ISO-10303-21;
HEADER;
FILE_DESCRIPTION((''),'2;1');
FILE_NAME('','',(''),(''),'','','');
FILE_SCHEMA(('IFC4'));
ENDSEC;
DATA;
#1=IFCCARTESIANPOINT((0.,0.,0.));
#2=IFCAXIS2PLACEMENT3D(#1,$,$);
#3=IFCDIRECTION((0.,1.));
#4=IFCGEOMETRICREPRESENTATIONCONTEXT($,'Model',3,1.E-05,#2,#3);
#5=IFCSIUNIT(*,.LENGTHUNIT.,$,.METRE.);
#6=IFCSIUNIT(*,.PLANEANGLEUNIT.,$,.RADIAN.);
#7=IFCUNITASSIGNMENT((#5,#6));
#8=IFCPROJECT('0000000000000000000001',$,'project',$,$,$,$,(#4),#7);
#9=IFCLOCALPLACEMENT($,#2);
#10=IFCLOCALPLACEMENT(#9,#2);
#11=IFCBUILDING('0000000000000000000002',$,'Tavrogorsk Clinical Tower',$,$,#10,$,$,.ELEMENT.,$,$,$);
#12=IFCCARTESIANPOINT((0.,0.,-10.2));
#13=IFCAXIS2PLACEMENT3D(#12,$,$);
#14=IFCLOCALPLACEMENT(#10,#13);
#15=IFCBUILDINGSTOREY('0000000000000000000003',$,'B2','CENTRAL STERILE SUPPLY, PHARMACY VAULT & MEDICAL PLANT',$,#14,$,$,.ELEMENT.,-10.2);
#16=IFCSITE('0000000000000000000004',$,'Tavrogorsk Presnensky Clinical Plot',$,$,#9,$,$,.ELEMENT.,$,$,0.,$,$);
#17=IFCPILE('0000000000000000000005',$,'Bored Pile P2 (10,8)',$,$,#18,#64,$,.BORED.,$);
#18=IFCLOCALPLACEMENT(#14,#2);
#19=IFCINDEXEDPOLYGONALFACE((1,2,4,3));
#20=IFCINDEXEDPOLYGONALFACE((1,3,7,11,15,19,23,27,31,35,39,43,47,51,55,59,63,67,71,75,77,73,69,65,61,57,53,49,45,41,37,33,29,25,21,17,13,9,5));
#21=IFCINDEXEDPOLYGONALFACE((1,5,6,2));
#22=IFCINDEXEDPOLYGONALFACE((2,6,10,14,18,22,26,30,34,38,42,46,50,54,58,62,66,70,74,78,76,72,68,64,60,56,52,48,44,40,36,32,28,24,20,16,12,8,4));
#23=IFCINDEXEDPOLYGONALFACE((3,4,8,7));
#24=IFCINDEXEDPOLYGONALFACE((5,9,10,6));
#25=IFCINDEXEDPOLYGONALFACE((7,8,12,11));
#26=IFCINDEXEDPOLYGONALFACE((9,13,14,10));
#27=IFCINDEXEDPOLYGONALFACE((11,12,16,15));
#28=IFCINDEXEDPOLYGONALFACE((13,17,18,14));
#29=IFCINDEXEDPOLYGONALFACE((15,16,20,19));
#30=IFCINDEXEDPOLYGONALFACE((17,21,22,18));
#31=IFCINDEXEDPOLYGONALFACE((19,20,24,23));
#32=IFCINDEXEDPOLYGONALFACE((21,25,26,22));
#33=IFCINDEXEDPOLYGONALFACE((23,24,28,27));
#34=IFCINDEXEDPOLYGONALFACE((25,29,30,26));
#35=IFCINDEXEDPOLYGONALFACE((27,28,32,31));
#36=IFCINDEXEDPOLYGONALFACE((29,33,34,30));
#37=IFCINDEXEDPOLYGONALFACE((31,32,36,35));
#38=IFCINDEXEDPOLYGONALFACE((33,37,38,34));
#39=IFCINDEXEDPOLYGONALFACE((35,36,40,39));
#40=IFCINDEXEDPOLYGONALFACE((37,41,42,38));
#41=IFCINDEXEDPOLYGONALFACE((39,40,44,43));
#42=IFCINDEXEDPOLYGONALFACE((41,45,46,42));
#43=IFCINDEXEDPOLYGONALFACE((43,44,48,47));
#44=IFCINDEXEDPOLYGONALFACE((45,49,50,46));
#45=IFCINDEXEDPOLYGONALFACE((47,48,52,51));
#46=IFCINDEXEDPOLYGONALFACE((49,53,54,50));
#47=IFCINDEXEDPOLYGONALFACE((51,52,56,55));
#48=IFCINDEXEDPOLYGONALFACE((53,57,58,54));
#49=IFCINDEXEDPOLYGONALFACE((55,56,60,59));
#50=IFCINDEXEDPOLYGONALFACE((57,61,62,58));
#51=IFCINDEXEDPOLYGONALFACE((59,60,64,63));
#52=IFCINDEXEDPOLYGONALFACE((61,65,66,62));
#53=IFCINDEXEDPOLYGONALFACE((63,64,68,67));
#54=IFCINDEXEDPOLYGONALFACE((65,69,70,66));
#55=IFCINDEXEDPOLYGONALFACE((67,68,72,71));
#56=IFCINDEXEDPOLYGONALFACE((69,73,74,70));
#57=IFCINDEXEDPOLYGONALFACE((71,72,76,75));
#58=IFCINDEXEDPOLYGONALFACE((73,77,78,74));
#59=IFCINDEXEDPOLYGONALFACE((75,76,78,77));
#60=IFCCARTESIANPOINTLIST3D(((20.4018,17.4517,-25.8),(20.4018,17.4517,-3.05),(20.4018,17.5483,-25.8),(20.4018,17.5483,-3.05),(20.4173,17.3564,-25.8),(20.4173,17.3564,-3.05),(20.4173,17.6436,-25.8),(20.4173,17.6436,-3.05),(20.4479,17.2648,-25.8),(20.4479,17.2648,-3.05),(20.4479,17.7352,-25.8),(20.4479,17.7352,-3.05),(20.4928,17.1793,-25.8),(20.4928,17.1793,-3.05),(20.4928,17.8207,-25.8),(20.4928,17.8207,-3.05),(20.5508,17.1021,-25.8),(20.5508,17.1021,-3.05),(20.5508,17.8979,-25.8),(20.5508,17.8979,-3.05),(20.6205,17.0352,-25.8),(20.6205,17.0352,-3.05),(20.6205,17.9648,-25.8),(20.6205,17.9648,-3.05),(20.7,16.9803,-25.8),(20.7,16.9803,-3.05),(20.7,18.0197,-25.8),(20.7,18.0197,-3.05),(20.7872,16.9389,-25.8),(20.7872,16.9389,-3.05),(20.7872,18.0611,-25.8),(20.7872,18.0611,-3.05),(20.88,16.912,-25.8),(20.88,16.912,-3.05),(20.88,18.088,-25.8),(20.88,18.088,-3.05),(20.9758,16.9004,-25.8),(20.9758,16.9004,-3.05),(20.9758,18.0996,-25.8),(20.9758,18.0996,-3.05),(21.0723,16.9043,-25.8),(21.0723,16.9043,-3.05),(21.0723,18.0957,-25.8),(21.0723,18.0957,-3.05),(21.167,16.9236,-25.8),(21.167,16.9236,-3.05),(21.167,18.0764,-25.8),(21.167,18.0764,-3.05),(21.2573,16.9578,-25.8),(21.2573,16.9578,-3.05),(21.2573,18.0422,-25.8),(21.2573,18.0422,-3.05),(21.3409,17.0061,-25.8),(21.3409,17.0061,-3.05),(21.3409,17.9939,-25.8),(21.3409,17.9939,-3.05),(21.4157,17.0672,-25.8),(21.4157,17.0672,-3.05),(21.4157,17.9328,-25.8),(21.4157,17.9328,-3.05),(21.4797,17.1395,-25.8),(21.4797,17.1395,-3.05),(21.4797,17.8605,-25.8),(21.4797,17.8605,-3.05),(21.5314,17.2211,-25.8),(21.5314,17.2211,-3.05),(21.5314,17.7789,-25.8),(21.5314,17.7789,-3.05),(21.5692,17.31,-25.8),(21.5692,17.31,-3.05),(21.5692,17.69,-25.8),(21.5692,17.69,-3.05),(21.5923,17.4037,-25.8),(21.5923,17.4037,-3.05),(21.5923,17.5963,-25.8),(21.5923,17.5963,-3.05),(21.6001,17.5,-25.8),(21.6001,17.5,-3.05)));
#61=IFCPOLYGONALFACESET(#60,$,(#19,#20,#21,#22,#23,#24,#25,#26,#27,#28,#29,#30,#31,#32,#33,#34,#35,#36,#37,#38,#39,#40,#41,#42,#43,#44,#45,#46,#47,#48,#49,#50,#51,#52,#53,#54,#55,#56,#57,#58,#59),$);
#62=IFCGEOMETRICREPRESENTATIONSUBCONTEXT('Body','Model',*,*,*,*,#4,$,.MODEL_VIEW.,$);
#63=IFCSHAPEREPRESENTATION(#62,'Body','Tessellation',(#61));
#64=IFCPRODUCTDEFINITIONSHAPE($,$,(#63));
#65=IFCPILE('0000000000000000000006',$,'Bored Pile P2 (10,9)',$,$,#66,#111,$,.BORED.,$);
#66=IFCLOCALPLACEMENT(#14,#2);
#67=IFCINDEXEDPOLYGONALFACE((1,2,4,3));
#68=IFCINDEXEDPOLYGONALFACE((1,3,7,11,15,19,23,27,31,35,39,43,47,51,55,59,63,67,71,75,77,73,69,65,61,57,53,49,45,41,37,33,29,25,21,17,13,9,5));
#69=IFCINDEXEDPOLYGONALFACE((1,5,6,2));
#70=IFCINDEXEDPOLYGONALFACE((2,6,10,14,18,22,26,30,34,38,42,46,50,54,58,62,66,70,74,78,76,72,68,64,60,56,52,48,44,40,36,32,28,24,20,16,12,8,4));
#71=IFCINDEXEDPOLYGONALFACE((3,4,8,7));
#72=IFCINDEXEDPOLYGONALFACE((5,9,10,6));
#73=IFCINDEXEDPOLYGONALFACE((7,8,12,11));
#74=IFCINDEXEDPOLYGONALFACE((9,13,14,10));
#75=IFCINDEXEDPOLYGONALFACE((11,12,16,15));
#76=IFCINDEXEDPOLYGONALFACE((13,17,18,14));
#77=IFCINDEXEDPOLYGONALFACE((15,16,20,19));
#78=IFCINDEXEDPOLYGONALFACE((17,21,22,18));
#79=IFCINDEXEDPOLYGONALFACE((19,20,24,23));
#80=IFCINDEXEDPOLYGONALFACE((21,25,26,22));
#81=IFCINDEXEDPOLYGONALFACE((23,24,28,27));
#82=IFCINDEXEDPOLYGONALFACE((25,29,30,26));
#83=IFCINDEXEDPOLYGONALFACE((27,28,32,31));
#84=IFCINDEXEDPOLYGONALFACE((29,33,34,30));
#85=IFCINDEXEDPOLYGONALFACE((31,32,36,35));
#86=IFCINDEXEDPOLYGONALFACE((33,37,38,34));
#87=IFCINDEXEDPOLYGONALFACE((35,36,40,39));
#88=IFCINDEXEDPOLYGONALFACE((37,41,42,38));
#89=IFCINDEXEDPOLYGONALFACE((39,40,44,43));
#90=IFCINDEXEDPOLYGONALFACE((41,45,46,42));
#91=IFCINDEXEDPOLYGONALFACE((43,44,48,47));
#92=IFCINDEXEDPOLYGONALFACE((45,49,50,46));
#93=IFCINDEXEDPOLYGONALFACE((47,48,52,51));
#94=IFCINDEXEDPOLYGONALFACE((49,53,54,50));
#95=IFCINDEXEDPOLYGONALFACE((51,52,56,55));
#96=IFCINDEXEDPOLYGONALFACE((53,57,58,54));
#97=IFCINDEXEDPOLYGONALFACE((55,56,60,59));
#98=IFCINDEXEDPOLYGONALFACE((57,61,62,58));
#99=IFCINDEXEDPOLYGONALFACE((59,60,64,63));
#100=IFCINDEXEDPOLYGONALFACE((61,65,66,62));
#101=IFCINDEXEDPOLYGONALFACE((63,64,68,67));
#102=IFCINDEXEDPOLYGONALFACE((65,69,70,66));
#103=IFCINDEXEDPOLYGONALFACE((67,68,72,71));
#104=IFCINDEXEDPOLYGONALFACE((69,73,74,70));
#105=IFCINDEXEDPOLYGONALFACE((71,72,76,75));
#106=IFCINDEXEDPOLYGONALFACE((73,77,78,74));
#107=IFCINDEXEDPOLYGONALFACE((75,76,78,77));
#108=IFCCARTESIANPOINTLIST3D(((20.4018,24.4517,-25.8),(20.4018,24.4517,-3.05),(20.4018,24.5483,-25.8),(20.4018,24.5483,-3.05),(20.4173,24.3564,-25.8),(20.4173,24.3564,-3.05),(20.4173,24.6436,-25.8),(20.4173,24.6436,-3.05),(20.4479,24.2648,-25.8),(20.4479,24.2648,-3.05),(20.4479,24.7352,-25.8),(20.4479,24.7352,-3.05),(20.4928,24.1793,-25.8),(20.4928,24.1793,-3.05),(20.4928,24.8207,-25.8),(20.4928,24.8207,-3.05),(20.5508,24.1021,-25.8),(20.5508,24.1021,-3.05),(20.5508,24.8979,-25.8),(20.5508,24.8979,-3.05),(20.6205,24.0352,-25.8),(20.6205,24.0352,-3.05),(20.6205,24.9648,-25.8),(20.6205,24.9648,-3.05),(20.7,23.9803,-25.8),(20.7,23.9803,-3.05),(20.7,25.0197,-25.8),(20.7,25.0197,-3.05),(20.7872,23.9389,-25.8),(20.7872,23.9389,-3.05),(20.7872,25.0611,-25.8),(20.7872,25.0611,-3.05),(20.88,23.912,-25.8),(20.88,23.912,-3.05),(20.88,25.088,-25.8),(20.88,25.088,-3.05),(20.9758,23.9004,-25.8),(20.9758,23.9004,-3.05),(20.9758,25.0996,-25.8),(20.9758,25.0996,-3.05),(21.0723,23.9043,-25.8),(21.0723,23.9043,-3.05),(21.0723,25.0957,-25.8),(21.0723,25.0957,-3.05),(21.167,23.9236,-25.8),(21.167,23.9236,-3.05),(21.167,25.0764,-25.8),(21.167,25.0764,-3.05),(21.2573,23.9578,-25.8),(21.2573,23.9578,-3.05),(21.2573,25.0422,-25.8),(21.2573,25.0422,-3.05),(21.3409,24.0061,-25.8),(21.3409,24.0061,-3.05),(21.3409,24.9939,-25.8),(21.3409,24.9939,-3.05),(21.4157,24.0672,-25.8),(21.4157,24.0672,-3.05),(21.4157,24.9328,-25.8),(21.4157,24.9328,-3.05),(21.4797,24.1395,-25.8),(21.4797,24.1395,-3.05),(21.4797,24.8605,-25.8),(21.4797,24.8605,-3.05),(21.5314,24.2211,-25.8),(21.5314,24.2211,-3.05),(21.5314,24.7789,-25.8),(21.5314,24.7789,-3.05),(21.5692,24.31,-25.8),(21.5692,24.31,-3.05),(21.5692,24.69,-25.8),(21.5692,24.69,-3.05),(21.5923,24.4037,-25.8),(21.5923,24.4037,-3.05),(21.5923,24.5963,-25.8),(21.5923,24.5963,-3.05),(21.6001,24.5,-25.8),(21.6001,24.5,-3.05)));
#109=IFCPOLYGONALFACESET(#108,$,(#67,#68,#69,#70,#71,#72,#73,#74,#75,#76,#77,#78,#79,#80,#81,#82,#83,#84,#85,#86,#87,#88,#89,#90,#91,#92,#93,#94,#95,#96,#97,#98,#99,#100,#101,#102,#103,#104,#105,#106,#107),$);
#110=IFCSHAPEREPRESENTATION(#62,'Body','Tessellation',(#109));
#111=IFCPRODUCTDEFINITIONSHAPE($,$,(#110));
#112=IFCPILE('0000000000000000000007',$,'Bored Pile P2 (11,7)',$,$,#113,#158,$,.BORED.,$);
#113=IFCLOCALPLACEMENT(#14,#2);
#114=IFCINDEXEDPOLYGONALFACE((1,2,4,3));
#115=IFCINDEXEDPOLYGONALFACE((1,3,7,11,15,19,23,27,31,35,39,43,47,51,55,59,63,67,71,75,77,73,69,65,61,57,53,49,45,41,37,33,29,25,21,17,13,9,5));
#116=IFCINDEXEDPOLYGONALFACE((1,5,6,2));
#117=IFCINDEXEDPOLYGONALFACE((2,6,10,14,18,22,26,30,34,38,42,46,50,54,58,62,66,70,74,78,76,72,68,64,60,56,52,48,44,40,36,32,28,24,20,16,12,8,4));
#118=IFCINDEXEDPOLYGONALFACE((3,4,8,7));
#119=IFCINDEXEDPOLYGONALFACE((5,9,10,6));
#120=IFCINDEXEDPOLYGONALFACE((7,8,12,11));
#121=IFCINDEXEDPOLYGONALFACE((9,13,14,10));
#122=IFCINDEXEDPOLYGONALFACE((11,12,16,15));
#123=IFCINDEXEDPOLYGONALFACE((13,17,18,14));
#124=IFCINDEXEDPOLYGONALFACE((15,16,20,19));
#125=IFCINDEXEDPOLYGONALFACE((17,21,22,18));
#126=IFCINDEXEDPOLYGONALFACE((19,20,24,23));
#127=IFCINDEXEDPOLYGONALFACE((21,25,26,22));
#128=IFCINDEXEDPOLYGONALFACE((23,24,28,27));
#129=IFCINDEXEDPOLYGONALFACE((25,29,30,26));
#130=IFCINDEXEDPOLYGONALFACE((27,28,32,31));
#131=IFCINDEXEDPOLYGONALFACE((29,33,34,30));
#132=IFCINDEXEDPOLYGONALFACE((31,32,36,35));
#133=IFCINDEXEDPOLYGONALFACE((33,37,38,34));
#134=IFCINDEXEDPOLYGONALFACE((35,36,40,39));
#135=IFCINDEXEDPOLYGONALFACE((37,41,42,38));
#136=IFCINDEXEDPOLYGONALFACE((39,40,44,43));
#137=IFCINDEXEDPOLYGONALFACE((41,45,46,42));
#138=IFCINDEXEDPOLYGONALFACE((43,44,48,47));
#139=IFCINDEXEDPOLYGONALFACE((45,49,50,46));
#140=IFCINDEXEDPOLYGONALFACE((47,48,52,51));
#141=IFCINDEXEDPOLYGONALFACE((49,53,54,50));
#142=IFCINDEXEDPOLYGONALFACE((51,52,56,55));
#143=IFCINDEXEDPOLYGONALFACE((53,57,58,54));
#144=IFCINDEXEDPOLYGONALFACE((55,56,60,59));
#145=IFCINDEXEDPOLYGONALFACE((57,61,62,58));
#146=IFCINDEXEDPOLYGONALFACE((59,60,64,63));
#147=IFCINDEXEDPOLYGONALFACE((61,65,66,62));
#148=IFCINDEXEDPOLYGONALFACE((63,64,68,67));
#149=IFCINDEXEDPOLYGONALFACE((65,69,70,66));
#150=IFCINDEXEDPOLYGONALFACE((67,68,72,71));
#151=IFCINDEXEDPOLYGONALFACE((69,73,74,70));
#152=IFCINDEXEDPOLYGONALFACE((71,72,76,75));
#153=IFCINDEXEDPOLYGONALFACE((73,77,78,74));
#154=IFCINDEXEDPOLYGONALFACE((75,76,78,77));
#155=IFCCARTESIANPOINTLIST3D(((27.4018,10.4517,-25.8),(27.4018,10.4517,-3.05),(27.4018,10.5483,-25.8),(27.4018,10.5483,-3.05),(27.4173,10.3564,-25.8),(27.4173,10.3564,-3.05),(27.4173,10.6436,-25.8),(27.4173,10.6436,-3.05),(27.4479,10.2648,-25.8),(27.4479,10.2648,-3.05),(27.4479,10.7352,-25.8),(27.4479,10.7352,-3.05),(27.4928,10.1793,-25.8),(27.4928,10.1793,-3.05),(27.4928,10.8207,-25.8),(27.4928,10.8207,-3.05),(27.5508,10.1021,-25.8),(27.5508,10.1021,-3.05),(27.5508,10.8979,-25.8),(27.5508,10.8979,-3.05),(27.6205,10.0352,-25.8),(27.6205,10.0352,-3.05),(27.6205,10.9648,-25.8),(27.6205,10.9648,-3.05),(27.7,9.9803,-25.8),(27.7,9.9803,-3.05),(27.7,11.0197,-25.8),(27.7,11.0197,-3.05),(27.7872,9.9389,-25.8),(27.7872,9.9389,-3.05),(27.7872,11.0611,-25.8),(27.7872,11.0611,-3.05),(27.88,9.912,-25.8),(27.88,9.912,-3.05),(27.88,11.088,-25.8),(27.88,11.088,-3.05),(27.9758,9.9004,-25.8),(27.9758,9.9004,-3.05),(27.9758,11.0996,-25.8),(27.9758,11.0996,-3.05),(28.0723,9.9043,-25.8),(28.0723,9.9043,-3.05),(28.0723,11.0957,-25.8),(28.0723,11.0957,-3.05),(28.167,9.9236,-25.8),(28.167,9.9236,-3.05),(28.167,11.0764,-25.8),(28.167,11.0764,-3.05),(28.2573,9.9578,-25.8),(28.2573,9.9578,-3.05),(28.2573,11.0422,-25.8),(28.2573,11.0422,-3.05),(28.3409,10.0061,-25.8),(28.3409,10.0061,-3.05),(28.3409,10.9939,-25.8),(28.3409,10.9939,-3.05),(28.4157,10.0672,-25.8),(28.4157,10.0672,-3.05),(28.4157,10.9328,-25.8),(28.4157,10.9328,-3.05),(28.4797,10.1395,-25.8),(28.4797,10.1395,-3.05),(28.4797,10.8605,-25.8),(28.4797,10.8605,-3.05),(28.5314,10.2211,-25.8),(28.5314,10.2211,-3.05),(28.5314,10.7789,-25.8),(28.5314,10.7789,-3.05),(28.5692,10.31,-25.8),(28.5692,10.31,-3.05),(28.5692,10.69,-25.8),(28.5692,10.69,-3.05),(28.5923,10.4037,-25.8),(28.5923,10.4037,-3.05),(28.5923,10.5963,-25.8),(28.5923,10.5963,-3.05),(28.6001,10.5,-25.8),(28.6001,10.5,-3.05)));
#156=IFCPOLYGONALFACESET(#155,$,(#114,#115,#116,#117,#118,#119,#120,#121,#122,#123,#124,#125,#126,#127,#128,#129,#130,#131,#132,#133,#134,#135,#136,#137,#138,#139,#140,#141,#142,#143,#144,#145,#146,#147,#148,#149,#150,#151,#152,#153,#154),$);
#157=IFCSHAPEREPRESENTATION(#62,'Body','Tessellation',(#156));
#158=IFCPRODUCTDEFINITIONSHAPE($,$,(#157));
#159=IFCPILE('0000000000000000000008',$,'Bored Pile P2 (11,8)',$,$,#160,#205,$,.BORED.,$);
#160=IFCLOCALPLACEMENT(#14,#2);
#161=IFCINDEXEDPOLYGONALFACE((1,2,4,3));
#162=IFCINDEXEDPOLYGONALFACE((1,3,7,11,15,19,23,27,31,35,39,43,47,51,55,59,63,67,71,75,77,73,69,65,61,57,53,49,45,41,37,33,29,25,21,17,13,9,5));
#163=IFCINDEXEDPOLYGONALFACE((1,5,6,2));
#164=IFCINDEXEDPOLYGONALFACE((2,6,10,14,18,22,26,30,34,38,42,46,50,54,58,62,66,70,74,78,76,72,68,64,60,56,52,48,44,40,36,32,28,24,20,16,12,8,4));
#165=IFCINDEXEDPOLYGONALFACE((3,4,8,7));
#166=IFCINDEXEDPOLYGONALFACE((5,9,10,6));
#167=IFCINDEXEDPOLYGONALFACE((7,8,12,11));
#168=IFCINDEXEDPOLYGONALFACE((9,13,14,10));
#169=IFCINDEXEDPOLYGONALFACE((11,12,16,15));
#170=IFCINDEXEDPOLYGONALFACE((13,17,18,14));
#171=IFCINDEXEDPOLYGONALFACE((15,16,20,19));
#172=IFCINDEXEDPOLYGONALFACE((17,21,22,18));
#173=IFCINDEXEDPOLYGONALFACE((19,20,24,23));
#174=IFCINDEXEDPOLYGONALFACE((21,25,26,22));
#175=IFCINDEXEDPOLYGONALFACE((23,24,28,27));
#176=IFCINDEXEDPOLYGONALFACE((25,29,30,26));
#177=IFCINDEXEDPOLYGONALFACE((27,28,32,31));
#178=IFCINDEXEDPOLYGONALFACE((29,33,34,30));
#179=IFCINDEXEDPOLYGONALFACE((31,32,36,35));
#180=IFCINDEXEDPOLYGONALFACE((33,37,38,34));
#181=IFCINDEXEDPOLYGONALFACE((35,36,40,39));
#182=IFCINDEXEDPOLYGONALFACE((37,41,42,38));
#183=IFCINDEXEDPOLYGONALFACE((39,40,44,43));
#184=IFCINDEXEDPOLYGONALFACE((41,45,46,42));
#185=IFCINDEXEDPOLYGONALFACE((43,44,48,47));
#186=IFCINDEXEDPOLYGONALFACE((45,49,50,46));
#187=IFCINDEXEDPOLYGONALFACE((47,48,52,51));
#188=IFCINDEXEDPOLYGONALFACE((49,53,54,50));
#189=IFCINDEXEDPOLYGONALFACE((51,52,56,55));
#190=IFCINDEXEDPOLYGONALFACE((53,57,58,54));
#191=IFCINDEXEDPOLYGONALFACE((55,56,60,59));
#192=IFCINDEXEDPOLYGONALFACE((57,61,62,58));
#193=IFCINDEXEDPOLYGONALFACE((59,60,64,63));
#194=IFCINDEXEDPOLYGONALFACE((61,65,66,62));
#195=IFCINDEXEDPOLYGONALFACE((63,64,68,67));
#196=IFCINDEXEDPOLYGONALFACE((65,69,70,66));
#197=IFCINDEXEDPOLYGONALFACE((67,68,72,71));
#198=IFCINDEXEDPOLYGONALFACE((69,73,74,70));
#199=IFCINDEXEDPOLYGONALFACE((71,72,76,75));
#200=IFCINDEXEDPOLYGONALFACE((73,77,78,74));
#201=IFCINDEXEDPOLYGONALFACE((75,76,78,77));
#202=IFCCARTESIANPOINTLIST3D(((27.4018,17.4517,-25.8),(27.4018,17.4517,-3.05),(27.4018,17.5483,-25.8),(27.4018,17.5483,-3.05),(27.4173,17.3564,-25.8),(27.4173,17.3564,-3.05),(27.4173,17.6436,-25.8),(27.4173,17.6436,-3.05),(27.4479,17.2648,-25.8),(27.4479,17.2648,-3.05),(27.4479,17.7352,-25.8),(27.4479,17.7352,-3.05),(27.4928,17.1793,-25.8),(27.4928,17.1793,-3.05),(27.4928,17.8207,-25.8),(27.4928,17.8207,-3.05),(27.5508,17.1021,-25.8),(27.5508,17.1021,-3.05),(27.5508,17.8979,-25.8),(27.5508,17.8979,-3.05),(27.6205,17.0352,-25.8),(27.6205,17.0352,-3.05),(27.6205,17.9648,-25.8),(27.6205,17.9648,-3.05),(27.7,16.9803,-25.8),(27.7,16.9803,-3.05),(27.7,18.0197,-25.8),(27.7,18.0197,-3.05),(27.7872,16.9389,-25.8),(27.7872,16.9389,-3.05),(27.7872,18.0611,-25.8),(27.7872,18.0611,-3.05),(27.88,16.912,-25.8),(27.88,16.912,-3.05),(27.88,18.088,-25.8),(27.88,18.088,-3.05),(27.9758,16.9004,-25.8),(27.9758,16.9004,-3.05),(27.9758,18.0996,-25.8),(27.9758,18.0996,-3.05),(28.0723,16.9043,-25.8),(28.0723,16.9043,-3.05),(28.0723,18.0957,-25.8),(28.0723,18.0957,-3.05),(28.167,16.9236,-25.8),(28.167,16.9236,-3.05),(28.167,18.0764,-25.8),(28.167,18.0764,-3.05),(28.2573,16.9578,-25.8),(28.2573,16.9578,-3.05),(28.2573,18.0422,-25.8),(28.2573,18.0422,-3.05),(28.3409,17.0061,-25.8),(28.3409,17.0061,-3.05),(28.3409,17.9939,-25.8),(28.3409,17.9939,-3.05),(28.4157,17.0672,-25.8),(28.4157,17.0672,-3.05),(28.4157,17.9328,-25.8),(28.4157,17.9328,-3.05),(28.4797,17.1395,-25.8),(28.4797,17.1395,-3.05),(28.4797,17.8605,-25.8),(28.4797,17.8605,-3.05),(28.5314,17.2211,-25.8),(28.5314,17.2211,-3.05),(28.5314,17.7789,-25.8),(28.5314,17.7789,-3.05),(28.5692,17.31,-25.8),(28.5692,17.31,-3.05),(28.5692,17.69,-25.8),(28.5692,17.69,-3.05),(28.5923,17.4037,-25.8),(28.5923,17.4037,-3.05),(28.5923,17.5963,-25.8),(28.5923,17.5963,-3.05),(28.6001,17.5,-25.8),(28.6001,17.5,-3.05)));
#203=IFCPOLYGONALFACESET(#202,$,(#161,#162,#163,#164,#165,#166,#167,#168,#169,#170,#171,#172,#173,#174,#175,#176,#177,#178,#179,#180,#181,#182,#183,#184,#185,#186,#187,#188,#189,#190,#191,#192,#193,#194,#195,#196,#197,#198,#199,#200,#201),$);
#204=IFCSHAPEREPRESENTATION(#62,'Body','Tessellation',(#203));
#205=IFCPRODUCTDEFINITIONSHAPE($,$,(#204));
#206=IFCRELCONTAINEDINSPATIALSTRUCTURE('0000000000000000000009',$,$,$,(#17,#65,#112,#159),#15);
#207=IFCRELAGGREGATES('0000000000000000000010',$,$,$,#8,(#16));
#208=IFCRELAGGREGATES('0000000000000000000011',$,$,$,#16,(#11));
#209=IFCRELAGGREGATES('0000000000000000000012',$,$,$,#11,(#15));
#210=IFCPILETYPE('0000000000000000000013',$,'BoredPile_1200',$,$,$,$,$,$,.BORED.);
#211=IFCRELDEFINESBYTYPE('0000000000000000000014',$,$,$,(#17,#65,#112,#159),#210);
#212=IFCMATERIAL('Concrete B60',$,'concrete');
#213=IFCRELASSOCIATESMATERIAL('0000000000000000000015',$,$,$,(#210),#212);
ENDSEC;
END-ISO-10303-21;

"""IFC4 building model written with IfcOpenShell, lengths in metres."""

from ifc_helpers import new_model, si_unit, direction, frame, origin, origin_2d, place, context, subcontext, project, spatial, circle, extrude, material, material_profile, profile_set, type_object, element, save


model = new_model("IFC4")

# Units and contexts
model_context = context("Model", 3, precision=1e-05, world=origin(), true_north=direction((0.0, 1.0)))
body_context = subcontext(model_context, "Body", "Model", "MODEL_VIEW")
ifc_project = project(units=[si_unit("LENGTHUNIT", "METRE"), si_unit("PLANEANGLEUNIT", "RADIAN")], contexts=[model_context])

# Site, building, storey
site_placement = place(None, origin())
site = spatial("IfcSite", under=ifc_project, at=site_placement, Name="Tavrogorsk Presnensky Clinical Plot", CompositionType="ELEMENT", RefElevation=0.0)
building_placement = place(site_placement, origin())
building = spatial("IfcBuilding", under=site, at=building_placement, Name="Tavrogorsk Clinical Tower", CompositionType="ELEMENT")
storey_placement = place(building_placement, frame((0.0, 0.0, -10.2)))
storey = spatial("IfcBuildingStorey", under=building, at=storey_placement, Name="B2", Description="CENTRAL STERILE SUPPLY, PHARMACY VAULT & MEDICAL PLANT", CompositionType="ELEMENT", Elevation=-10.2)

# Piles
ifc_material_1 = material(Name="Concrete B60", Category="concrete")
ifc_material_profile_1 = material_profile(ifc_material_1, circle(Radius=0.6001, at=origin_2d()), Name="BORED-PILE-1200")
ifc_profile_set_1 = profile_set([ifc_material_profile_1], Name="Concrete B60")
pile_type_1 = type_object("IfcPileType", Name="BoredPile_1200", PredefinedType="BORED", material=ifc_profile_set_1)
for number, where, z_axis, x_axis, name in (
    (1, (21.0, 17.5, -3.05), (0.0, 0.0, -1.0), (1.0, 0.0, 0.0), "Bored Pile P2 (10,8)"),
    (2, (21.0, 24.5, -3.05), (0.0, 0.0, -1.0), (1.0, 0.0, 0.0), "Bored Pile P2 (10,9)"),
    (3, (28.0, 10.5, -3.05), (0.0, 0.0, -1.0), (1.0, 0.0, 0.0), "Bored Pile P2 (11,7)"),
    (4, (28.0, 17.5, -3.05), (0.0, 0.0, -1.0), (1.0, 0.0, 0.0), "Bored Pile P2 (11,8)"),
):
    element("IfcPile", number, at=place(storey_placement, frame(where, z_axis=z_axis, x_axis=x_axis)), inside=storey, type_object=pile_type_1, Name=name, PredefinedType="BORED", context=body_context, shape_type="SweptSolid", body=[
        extrude(circle(Radius=0.6001, at=origin_2d()), origin(), (0.0, 0.0, 1.0), 22.75),
    ])

save(model, "model.ifc")
